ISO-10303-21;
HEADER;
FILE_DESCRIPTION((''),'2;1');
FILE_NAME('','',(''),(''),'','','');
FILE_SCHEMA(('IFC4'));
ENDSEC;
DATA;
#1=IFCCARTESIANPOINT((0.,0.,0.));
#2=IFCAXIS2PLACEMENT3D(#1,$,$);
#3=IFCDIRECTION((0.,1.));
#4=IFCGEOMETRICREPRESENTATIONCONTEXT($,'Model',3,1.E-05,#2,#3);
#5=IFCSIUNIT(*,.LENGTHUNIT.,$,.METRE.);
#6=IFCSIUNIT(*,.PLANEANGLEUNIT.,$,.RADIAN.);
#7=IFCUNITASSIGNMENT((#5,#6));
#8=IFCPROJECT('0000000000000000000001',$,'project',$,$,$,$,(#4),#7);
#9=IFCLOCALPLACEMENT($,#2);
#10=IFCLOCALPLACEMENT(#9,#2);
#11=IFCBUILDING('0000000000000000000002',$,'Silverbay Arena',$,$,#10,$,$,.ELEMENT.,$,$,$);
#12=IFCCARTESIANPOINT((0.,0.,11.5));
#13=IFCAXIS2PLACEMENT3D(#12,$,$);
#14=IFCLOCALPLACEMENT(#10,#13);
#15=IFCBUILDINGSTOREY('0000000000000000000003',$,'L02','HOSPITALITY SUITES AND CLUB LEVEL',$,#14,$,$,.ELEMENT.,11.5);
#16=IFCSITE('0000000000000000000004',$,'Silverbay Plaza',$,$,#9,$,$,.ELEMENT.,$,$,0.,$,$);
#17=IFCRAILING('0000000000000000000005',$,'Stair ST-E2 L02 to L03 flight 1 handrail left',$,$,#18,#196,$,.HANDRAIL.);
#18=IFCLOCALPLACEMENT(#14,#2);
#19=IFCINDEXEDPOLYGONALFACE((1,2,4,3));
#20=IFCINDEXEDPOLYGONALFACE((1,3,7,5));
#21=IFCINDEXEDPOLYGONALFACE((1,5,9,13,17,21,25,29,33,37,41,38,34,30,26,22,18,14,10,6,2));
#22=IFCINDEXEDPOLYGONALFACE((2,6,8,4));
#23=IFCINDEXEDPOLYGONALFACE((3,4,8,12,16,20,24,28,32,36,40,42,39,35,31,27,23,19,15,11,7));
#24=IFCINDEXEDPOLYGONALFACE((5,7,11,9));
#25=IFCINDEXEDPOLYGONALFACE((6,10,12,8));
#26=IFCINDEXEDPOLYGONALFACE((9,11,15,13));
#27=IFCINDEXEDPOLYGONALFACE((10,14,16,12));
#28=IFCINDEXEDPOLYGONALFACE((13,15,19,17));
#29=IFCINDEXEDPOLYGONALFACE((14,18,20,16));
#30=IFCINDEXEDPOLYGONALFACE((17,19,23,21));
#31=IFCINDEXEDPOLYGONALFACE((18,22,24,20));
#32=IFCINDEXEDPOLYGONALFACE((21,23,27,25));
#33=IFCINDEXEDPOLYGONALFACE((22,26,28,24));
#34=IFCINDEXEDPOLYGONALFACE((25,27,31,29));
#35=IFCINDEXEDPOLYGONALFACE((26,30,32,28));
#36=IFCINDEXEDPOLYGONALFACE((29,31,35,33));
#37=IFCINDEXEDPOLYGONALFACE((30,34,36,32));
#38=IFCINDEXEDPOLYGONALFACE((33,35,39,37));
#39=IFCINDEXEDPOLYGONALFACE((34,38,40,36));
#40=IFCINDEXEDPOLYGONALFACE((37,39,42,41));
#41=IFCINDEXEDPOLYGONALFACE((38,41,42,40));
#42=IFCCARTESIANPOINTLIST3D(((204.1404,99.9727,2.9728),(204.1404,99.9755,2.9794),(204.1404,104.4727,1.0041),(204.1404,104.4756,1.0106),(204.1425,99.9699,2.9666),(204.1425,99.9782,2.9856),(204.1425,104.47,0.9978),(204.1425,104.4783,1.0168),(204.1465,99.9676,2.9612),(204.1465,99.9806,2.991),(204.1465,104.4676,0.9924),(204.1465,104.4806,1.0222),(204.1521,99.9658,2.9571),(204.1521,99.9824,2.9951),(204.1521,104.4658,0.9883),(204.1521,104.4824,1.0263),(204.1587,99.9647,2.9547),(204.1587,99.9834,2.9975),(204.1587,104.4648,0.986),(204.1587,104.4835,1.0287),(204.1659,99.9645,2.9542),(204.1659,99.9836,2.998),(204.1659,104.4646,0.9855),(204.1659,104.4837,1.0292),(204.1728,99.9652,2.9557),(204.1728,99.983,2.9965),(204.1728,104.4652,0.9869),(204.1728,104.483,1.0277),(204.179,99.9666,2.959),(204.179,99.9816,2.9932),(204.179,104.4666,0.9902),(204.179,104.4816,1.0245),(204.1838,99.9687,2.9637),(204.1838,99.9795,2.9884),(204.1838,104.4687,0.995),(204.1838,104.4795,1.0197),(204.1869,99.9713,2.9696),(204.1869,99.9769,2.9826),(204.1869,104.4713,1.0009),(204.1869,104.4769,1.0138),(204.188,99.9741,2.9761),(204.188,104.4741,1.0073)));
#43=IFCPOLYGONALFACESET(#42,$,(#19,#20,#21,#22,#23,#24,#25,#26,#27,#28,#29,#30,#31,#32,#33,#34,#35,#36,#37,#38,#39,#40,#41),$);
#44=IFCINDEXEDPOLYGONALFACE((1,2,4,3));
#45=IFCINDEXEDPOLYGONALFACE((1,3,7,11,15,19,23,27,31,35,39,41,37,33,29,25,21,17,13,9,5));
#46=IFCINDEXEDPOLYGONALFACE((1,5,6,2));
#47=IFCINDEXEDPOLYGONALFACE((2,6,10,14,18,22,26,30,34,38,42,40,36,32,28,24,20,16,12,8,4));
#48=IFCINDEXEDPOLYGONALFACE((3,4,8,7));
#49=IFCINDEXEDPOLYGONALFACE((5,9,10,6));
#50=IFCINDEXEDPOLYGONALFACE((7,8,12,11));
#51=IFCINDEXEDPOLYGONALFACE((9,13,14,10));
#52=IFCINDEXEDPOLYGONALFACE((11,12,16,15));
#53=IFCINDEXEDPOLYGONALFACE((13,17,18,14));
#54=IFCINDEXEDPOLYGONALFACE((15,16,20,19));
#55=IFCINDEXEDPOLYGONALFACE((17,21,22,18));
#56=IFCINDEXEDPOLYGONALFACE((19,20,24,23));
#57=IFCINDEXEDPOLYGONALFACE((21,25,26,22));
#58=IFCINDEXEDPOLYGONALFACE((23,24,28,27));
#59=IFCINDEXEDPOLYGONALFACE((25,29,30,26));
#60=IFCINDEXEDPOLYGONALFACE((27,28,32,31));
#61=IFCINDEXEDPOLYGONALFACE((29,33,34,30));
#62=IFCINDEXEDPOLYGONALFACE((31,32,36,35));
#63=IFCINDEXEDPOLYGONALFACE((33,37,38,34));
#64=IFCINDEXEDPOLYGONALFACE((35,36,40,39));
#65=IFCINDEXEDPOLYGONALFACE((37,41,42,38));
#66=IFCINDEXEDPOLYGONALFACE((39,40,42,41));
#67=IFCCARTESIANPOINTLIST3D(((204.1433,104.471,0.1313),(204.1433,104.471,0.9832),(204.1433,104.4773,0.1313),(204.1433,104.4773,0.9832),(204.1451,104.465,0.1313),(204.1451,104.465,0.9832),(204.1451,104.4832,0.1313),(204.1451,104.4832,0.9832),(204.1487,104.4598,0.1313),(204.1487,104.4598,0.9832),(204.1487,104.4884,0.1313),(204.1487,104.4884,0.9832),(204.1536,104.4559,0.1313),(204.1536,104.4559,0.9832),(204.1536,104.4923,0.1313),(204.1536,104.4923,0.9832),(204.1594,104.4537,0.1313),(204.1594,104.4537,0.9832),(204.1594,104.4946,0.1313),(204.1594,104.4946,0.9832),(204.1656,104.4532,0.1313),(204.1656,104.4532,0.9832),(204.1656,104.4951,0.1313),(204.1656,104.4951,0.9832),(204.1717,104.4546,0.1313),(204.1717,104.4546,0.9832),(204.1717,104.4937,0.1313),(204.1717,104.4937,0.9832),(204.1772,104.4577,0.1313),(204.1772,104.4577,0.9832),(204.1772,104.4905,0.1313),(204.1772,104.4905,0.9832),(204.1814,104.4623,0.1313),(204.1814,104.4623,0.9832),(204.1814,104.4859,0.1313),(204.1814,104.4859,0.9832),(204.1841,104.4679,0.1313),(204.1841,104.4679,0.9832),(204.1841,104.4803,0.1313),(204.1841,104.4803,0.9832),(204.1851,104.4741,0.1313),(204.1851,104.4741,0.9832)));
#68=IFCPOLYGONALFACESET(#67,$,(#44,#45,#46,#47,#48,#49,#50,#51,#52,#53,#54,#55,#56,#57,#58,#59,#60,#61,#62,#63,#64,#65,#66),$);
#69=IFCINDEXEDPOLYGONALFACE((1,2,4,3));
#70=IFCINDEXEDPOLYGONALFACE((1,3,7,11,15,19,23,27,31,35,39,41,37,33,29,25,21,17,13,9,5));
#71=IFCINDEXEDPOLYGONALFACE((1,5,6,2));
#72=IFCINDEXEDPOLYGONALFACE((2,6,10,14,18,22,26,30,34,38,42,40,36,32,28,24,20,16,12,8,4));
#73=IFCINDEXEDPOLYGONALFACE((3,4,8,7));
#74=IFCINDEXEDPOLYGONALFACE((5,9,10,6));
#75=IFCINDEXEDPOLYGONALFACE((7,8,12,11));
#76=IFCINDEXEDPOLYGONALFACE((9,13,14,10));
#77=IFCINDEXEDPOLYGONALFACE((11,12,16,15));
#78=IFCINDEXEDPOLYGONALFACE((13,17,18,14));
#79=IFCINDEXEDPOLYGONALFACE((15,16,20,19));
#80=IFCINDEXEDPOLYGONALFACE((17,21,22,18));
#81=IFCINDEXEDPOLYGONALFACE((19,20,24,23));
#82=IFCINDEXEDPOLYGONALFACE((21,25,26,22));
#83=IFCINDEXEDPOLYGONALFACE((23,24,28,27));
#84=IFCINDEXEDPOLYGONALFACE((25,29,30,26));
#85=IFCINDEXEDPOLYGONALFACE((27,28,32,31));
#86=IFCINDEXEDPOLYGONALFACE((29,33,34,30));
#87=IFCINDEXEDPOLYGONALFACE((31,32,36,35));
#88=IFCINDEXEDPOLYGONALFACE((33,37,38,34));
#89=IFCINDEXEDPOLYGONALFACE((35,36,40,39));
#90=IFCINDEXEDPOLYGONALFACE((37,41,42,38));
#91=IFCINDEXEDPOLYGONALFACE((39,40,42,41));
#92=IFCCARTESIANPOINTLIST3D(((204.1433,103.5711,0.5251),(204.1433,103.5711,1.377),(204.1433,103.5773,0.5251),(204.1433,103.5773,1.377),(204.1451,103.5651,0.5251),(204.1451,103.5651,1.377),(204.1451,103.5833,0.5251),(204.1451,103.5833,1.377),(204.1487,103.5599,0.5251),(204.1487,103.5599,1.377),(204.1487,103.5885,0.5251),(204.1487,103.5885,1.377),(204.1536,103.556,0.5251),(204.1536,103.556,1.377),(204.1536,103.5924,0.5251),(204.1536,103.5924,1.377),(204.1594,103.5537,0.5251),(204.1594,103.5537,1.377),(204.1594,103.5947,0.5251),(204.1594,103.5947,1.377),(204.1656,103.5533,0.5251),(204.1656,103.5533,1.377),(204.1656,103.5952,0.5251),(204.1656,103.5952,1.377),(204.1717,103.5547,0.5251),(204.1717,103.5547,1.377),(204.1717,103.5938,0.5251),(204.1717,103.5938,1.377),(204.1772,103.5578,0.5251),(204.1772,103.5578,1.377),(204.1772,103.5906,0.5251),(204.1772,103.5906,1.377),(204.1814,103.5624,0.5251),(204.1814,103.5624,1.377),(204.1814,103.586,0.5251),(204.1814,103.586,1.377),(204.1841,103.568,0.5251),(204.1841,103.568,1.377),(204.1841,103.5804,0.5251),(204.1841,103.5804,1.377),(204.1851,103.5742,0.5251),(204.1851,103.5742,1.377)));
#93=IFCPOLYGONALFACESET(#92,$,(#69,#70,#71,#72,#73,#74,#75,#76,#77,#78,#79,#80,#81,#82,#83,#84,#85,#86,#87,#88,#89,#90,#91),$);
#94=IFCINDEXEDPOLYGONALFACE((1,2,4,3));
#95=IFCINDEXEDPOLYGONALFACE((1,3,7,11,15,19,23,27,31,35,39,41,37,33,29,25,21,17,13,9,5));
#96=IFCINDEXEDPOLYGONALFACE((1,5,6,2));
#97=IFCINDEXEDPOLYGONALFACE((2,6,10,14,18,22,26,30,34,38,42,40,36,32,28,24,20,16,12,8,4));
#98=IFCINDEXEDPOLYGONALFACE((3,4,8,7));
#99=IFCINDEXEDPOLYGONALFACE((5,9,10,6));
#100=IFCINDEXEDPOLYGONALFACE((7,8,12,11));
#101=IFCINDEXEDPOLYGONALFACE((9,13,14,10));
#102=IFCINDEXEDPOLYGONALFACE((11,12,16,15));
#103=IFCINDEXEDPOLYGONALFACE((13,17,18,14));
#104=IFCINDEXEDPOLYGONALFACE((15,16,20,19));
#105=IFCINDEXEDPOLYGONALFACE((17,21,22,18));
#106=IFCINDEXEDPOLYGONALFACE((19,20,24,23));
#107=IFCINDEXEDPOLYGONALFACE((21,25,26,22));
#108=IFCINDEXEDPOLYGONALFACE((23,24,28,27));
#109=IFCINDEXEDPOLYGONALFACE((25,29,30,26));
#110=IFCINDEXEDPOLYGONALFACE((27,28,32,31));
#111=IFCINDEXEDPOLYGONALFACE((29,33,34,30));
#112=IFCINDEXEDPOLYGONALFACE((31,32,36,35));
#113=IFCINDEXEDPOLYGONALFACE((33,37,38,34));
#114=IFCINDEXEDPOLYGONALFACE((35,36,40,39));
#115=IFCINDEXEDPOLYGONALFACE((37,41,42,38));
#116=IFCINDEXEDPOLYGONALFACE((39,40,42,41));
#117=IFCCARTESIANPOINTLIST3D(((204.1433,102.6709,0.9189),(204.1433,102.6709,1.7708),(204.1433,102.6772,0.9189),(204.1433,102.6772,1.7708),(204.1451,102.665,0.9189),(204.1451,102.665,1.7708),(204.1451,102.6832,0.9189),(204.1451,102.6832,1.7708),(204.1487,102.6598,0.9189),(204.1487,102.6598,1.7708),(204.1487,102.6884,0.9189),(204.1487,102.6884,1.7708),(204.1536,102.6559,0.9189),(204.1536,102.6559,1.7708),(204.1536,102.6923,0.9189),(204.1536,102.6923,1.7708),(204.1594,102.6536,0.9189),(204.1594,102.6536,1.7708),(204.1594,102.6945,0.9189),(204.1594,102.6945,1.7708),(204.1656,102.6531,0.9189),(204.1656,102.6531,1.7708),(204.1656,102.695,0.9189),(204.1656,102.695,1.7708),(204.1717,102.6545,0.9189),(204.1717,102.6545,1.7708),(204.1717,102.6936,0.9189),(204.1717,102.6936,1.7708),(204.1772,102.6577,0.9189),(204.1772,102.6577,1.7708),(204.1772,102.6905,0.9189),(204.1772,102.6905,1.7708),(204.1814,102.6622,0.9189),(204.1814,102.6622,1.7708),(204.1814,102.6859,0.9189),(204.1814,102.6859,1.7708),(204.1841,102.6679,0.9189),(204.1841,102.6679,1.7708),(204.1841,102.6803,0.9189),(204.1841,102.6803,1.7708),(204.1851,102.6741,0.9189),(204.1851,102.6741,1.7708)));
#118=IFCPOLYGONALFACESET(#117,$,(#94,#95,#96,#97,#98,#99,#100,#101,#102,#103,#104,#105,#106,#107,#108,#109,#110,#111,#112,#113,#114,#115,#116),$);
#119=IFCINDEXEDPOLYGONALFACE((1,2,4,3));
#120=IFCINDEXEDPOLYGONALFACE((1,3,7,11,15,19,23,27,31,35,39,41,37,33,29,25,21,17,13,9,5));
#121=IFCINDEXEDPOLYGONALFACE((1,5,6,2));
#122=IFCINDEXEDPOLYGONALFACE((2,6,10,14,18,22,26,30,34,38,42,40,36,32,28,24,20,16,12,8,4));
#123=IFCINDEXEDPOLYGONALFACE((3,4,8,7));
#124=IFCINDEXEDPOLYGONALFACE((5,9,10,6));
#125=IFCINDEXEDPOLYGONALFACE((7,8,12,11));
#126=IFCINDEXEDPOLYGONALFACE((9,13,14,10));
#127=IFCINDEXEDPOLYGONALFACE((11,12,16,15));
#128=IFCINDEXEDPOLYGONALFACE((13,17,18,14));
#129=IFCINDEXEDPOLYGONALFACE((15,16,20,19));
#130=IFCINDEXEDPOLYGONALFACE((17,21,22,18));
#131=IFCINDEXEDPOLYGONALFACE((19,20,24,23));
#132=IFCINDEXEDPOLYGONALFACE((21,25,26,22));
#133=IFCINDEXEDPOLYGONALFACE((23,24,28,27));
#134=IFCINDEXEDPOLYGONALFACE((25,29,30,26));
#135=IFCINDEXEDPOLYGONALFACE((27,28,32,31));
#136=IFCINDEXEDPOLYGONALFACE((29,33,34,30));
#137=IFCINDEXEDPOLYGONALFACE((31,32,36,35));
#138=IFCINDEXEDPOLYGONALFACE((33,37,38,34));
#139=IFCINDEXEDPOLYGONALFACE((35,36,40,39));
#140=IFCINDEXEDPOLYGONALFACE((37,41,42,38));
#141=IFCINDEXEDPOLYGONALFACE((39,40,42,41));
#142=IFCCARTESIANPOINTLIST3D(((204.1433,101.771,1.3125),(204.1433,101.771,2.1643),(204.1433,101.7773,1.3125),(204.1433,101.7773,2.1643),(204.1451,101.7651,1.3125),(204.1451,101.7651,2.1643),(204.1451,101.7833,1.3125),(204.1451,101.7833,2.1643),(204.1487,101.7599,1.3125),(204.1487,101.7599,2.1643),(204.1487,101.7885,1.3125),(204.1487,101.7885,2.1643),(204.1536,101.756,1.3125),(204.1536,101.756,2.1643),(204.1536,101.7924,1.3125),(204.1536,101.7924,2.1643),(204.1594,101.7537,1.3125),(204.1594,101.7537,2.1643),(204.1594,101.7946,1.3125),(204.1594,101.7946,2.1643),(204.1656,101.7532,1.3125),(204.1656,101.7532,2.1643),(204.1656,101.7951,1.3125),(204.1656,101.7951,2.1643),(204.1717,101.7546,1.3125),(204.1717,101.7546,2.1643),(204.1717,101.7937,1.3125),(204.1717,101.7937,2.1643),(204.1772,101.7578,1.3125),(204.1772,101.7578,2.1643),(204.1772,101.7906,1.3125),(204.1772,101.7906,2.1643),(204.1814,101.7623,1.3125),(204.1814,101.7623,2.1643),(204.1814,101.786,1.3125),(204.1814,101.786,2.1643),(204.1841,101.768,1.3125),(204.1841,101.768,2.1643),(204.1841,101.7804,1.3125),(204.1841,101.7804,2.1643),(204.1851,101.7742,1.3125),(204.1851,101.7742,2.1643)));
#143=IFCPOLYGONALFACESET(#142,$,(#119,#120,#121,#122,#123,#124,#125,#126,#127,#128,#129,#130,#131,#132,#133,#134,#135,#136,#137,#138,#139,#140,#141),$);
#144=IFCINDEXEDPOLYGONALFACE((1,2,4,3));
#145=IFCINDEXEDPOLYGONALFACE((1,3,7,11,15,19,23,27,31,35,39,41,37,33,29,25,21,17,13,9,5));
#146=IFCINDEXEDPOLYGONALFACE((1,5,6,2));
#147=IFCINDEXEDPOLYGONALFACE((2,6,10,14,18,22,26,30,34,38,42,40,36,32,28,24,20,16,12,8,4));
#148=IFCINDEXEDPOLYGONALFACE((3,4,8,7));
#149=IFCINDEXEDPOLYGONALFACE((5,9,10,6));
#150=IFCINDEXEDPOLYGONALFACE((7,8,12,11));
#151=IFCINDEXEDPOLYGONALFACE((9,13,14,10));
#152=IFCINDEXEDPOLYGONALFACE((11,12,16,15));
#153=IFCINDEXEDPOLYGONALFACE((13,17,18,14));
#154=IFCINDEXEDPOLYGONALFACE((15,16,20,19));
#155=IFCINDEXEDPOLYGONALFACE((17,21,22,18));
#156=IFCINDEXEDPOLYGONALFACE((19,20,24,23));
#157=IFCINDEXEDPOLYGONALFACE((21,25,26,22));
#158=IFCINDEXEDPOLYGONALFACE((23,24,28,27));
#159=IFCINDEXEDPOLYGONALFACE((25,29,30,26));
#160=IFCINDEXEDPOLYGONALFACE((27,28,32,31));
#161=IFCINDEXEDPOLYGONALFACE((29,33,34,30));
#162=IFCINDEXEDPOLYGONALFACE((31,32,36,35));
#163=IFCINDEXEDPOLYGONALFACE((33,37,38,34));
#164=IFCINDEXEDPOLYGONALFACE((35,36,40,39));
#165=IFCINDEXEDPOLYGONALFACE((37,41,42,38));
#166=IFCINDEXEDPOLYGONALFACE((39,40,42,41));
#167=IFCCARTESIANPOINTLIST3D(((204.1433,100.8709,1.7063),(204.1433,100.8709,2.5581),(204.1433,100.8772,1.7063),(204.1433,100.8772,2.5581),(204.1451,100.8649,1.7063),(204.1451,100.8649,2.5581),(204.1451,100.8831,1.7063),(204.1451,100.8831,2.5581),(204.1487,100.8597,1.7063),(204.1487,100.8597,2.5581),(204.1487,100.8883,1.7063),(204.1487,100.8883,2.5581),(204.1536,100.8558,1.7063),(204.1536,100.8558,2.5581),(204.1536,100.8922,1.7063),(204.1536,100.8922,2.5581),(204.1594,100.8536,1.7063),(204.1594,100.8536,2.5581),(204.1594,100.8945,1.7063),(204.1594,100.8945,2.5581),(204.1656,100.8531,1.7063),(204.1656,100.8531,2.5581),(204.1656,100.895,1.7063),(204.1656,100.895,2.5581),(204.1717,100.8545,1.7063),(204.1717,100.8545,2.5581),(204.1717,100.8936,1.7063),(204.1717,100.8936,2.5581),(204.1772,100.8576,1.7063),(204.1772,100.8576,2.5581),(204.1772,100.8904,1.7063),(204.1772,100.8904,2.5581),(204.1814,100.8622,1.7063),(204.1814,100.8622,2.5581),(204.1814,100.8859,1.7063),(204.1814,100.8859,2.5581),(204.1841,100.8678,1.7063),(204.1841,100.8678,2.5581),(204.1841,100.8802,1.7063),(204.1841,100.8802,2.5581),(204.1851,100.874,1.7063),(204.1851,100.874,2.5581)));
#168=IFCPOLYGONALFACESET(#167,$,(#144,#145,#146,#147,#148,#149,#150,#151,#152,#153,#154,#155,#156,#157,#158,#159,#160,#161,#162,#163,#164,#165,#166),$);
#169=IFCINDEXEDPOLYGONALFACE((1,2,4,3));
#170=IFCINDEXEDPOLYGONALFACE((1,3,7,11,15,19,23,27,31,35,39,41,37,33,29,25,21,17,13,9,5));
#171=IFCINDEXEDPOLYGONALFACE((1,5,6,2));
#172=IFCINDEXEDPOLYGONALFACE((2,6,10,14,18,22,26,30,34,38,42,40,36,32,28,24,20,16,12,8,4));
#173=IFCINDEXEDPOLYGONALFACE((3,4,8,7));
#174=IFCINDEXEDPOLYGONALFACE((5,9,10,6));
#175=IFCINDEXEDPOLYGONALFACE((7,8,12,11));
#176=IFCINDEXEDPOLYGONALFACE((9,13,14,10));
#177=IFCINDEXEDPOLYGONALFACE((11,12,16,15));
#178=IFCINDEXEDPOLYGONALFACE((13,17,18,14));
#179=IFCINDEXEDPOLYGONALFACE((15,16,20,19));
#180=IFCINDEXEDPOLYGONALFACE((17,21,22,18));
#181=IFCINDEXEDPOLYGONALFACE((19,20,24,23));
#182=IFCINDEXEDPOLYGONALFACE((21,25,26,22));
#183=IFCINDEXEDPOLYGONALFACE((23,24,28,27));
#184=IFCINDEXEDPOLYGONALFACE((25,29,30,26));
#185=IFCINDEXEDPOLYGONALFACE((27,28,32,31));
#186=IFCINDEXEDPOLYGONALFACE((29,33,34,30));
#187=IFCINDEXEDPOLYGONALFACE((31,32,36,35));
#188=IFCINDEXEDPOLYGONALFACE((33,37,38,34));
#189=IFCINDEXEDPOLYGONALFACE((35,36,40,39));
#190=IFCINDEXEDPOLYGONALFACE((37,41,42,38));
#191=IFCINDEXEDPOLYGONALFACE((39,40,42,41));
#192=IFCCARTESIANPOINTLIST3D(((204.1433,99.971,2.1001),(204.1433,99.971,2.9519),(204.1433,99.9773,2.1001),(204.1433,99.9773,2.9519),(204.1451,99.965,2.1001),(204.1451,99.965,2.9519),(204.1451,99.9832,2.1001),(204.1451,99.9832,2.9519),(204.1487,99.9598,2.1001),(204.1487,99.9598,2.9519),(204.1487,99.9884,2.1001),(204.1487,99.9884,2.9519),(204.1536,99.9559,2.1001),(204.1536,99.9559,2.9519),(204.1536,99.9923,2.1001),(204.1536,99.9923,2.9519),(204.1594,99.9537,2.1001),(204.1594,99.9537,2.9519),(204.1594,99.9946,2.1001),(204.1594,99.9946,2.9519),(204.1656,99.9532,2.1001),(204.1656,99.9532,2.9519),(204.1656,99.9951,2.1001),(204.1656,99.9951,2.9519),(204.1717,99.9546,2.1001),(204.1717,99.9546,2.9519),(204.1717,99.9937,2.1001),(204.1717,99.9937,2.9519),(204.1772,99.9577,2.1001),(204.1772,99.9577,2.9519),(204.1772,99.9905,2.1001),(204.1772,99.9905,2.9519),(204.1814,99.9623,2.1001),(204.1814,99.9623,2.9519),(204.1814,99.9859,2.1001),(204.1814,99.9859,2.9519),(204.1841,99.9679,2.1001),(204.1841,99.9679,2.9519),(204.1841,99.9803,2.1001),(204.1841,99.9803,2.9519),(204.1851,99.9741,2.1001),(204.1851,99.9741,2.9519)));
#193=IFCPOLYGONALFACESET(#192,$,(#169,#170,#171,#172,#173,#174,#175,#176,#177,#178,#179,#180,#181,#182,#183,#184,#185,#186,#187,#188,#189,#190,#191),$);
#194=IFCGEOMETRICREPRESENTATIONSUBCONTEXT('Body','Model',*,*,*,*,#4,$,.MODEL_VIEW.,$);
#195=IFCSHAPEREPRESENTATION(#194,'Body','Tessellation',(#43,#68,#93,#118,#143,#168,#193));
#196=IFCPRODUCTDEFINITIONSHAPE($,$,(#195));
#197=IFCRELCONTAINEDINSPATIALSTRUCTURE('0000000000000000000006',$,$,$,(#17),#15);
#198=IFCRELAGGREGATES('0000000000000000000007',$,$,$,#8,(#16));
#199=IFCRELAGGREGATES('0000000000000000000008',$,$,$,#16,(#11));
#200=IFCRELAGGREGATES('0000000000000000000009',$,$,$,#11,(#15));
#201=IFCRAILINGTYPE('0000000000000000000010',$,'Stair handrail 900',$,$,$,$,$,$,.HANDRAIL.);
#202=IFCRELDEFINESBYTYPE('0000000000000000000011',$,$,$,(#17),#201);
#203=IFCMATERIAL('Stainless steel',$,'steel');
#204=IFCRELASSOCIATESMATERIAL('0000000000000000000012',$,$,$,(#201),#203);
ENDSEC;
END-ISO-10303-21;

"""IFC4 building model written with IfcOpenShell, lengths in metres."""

from ifc_helpers import new_model, si_unit, direction, frame, origin, origin_2d, place, context, subcontext, project, spatial, circle, extrude, material, type_object, element, save


model = new_model("IFC4")

# Units and contexts
model_context = context("Model", 3, precision=1e-05, world=origin(), true_north=direction((0.0, 1.0)))
body_context = subcontext(model_context, "Body", "Model", "MODEL_VIEW")
ifc_project = project(units=[si_unit("LENGTHUNIT", "METRE"), si_unit("PLANEANGLEUNIT", "RADIAN")], contexts=[model_context])

# Site, building, storey
site_placement = place(None, origin())
site = spatial("IfcSite", under=ifc_project, at=site_placement, Name="Silverbay Plaza", CompositionType="ELEMENT", RefElevation=0.0)
building_placement = place(site_placement, origin())
building = spatial("IfcBuilding", under=site, at=building_placement, Name="Silverbay Arena", CompositionType="ELEMENT")
storey_placement = place(building_placement, frame((0.0, 0.0, 11.5)))
storey = spatial("IfcBuildingStorey", under=building, at=storey_placement, Name="L02", Description="HOSPITALITY SUITES AND CLUB LEVEL", CompositionType="ELEMENT", Elevation=11.5)

# Railing
ifc_material_1 = material(Name="Stainless steel", Category="steel")
railing_type_1 = type_object("IfcRailingType", Name="Stair handrail 900", PredefinedType="HANDRAIL", material=ifc_material_1)
for number, where, name in (
    (1, (204.1641, 104.4741, 0.1313), "Stair ST-E2 L02 to L03 flight 1 handrail left"),
):
    element("IfcRailing", number, at=place(storey_placement, frame(where)), inside=storey, type_object=railing_type_1, Name=name, PredefinedType="HANDRAIL", context=body_context, shape_type="SweptSolid", body=[
        extrude(circle(Radius=0.0239, at=origin_2d()), frame((0.0, 0.0, 0.876), z_axis=(0.0, -0.916157, 0.400819), x_axis=(1.0, 0.0, 0.0)), (0.0, 0.0, 1.0), 4.9119),
        extrude(circle(Radius=0.021, at=origin_2d()), origin(), (0.0, 0.0, 1.0), 0.8518),
        extrude(circle(Radius=0.021, at=origin_2d()), frame((0.0, -0.8999, 0.3938)), (0.0, 0.0, 1.0), 0.8518),
        extrude(circle(Radius=0.021, at=origin_2d()), frame((0.0, -1.8, 0.7876)), (0.0, 0.0, 1.0), 0.8518),
        extrude(circle(Radius=0.021, at=origin_2d()), frame((0.0, -2.7, 1.1812)), (0.0, 0.0, 1.0), 0.8518),
        extrude(circle(Radius=0.021, at=origin_2d()), frame((0.0, -3.6001, 1.575)), (0.0, 0.0, 1.0), 0.8518),
        extrude(circle(Radius=0.021, at=origin_2d()), frame((0.0, -4.5, 1.9688)), (0.0, 0.0, 1.0), 0.8518),
    ])

save(model, "model.ifc")
